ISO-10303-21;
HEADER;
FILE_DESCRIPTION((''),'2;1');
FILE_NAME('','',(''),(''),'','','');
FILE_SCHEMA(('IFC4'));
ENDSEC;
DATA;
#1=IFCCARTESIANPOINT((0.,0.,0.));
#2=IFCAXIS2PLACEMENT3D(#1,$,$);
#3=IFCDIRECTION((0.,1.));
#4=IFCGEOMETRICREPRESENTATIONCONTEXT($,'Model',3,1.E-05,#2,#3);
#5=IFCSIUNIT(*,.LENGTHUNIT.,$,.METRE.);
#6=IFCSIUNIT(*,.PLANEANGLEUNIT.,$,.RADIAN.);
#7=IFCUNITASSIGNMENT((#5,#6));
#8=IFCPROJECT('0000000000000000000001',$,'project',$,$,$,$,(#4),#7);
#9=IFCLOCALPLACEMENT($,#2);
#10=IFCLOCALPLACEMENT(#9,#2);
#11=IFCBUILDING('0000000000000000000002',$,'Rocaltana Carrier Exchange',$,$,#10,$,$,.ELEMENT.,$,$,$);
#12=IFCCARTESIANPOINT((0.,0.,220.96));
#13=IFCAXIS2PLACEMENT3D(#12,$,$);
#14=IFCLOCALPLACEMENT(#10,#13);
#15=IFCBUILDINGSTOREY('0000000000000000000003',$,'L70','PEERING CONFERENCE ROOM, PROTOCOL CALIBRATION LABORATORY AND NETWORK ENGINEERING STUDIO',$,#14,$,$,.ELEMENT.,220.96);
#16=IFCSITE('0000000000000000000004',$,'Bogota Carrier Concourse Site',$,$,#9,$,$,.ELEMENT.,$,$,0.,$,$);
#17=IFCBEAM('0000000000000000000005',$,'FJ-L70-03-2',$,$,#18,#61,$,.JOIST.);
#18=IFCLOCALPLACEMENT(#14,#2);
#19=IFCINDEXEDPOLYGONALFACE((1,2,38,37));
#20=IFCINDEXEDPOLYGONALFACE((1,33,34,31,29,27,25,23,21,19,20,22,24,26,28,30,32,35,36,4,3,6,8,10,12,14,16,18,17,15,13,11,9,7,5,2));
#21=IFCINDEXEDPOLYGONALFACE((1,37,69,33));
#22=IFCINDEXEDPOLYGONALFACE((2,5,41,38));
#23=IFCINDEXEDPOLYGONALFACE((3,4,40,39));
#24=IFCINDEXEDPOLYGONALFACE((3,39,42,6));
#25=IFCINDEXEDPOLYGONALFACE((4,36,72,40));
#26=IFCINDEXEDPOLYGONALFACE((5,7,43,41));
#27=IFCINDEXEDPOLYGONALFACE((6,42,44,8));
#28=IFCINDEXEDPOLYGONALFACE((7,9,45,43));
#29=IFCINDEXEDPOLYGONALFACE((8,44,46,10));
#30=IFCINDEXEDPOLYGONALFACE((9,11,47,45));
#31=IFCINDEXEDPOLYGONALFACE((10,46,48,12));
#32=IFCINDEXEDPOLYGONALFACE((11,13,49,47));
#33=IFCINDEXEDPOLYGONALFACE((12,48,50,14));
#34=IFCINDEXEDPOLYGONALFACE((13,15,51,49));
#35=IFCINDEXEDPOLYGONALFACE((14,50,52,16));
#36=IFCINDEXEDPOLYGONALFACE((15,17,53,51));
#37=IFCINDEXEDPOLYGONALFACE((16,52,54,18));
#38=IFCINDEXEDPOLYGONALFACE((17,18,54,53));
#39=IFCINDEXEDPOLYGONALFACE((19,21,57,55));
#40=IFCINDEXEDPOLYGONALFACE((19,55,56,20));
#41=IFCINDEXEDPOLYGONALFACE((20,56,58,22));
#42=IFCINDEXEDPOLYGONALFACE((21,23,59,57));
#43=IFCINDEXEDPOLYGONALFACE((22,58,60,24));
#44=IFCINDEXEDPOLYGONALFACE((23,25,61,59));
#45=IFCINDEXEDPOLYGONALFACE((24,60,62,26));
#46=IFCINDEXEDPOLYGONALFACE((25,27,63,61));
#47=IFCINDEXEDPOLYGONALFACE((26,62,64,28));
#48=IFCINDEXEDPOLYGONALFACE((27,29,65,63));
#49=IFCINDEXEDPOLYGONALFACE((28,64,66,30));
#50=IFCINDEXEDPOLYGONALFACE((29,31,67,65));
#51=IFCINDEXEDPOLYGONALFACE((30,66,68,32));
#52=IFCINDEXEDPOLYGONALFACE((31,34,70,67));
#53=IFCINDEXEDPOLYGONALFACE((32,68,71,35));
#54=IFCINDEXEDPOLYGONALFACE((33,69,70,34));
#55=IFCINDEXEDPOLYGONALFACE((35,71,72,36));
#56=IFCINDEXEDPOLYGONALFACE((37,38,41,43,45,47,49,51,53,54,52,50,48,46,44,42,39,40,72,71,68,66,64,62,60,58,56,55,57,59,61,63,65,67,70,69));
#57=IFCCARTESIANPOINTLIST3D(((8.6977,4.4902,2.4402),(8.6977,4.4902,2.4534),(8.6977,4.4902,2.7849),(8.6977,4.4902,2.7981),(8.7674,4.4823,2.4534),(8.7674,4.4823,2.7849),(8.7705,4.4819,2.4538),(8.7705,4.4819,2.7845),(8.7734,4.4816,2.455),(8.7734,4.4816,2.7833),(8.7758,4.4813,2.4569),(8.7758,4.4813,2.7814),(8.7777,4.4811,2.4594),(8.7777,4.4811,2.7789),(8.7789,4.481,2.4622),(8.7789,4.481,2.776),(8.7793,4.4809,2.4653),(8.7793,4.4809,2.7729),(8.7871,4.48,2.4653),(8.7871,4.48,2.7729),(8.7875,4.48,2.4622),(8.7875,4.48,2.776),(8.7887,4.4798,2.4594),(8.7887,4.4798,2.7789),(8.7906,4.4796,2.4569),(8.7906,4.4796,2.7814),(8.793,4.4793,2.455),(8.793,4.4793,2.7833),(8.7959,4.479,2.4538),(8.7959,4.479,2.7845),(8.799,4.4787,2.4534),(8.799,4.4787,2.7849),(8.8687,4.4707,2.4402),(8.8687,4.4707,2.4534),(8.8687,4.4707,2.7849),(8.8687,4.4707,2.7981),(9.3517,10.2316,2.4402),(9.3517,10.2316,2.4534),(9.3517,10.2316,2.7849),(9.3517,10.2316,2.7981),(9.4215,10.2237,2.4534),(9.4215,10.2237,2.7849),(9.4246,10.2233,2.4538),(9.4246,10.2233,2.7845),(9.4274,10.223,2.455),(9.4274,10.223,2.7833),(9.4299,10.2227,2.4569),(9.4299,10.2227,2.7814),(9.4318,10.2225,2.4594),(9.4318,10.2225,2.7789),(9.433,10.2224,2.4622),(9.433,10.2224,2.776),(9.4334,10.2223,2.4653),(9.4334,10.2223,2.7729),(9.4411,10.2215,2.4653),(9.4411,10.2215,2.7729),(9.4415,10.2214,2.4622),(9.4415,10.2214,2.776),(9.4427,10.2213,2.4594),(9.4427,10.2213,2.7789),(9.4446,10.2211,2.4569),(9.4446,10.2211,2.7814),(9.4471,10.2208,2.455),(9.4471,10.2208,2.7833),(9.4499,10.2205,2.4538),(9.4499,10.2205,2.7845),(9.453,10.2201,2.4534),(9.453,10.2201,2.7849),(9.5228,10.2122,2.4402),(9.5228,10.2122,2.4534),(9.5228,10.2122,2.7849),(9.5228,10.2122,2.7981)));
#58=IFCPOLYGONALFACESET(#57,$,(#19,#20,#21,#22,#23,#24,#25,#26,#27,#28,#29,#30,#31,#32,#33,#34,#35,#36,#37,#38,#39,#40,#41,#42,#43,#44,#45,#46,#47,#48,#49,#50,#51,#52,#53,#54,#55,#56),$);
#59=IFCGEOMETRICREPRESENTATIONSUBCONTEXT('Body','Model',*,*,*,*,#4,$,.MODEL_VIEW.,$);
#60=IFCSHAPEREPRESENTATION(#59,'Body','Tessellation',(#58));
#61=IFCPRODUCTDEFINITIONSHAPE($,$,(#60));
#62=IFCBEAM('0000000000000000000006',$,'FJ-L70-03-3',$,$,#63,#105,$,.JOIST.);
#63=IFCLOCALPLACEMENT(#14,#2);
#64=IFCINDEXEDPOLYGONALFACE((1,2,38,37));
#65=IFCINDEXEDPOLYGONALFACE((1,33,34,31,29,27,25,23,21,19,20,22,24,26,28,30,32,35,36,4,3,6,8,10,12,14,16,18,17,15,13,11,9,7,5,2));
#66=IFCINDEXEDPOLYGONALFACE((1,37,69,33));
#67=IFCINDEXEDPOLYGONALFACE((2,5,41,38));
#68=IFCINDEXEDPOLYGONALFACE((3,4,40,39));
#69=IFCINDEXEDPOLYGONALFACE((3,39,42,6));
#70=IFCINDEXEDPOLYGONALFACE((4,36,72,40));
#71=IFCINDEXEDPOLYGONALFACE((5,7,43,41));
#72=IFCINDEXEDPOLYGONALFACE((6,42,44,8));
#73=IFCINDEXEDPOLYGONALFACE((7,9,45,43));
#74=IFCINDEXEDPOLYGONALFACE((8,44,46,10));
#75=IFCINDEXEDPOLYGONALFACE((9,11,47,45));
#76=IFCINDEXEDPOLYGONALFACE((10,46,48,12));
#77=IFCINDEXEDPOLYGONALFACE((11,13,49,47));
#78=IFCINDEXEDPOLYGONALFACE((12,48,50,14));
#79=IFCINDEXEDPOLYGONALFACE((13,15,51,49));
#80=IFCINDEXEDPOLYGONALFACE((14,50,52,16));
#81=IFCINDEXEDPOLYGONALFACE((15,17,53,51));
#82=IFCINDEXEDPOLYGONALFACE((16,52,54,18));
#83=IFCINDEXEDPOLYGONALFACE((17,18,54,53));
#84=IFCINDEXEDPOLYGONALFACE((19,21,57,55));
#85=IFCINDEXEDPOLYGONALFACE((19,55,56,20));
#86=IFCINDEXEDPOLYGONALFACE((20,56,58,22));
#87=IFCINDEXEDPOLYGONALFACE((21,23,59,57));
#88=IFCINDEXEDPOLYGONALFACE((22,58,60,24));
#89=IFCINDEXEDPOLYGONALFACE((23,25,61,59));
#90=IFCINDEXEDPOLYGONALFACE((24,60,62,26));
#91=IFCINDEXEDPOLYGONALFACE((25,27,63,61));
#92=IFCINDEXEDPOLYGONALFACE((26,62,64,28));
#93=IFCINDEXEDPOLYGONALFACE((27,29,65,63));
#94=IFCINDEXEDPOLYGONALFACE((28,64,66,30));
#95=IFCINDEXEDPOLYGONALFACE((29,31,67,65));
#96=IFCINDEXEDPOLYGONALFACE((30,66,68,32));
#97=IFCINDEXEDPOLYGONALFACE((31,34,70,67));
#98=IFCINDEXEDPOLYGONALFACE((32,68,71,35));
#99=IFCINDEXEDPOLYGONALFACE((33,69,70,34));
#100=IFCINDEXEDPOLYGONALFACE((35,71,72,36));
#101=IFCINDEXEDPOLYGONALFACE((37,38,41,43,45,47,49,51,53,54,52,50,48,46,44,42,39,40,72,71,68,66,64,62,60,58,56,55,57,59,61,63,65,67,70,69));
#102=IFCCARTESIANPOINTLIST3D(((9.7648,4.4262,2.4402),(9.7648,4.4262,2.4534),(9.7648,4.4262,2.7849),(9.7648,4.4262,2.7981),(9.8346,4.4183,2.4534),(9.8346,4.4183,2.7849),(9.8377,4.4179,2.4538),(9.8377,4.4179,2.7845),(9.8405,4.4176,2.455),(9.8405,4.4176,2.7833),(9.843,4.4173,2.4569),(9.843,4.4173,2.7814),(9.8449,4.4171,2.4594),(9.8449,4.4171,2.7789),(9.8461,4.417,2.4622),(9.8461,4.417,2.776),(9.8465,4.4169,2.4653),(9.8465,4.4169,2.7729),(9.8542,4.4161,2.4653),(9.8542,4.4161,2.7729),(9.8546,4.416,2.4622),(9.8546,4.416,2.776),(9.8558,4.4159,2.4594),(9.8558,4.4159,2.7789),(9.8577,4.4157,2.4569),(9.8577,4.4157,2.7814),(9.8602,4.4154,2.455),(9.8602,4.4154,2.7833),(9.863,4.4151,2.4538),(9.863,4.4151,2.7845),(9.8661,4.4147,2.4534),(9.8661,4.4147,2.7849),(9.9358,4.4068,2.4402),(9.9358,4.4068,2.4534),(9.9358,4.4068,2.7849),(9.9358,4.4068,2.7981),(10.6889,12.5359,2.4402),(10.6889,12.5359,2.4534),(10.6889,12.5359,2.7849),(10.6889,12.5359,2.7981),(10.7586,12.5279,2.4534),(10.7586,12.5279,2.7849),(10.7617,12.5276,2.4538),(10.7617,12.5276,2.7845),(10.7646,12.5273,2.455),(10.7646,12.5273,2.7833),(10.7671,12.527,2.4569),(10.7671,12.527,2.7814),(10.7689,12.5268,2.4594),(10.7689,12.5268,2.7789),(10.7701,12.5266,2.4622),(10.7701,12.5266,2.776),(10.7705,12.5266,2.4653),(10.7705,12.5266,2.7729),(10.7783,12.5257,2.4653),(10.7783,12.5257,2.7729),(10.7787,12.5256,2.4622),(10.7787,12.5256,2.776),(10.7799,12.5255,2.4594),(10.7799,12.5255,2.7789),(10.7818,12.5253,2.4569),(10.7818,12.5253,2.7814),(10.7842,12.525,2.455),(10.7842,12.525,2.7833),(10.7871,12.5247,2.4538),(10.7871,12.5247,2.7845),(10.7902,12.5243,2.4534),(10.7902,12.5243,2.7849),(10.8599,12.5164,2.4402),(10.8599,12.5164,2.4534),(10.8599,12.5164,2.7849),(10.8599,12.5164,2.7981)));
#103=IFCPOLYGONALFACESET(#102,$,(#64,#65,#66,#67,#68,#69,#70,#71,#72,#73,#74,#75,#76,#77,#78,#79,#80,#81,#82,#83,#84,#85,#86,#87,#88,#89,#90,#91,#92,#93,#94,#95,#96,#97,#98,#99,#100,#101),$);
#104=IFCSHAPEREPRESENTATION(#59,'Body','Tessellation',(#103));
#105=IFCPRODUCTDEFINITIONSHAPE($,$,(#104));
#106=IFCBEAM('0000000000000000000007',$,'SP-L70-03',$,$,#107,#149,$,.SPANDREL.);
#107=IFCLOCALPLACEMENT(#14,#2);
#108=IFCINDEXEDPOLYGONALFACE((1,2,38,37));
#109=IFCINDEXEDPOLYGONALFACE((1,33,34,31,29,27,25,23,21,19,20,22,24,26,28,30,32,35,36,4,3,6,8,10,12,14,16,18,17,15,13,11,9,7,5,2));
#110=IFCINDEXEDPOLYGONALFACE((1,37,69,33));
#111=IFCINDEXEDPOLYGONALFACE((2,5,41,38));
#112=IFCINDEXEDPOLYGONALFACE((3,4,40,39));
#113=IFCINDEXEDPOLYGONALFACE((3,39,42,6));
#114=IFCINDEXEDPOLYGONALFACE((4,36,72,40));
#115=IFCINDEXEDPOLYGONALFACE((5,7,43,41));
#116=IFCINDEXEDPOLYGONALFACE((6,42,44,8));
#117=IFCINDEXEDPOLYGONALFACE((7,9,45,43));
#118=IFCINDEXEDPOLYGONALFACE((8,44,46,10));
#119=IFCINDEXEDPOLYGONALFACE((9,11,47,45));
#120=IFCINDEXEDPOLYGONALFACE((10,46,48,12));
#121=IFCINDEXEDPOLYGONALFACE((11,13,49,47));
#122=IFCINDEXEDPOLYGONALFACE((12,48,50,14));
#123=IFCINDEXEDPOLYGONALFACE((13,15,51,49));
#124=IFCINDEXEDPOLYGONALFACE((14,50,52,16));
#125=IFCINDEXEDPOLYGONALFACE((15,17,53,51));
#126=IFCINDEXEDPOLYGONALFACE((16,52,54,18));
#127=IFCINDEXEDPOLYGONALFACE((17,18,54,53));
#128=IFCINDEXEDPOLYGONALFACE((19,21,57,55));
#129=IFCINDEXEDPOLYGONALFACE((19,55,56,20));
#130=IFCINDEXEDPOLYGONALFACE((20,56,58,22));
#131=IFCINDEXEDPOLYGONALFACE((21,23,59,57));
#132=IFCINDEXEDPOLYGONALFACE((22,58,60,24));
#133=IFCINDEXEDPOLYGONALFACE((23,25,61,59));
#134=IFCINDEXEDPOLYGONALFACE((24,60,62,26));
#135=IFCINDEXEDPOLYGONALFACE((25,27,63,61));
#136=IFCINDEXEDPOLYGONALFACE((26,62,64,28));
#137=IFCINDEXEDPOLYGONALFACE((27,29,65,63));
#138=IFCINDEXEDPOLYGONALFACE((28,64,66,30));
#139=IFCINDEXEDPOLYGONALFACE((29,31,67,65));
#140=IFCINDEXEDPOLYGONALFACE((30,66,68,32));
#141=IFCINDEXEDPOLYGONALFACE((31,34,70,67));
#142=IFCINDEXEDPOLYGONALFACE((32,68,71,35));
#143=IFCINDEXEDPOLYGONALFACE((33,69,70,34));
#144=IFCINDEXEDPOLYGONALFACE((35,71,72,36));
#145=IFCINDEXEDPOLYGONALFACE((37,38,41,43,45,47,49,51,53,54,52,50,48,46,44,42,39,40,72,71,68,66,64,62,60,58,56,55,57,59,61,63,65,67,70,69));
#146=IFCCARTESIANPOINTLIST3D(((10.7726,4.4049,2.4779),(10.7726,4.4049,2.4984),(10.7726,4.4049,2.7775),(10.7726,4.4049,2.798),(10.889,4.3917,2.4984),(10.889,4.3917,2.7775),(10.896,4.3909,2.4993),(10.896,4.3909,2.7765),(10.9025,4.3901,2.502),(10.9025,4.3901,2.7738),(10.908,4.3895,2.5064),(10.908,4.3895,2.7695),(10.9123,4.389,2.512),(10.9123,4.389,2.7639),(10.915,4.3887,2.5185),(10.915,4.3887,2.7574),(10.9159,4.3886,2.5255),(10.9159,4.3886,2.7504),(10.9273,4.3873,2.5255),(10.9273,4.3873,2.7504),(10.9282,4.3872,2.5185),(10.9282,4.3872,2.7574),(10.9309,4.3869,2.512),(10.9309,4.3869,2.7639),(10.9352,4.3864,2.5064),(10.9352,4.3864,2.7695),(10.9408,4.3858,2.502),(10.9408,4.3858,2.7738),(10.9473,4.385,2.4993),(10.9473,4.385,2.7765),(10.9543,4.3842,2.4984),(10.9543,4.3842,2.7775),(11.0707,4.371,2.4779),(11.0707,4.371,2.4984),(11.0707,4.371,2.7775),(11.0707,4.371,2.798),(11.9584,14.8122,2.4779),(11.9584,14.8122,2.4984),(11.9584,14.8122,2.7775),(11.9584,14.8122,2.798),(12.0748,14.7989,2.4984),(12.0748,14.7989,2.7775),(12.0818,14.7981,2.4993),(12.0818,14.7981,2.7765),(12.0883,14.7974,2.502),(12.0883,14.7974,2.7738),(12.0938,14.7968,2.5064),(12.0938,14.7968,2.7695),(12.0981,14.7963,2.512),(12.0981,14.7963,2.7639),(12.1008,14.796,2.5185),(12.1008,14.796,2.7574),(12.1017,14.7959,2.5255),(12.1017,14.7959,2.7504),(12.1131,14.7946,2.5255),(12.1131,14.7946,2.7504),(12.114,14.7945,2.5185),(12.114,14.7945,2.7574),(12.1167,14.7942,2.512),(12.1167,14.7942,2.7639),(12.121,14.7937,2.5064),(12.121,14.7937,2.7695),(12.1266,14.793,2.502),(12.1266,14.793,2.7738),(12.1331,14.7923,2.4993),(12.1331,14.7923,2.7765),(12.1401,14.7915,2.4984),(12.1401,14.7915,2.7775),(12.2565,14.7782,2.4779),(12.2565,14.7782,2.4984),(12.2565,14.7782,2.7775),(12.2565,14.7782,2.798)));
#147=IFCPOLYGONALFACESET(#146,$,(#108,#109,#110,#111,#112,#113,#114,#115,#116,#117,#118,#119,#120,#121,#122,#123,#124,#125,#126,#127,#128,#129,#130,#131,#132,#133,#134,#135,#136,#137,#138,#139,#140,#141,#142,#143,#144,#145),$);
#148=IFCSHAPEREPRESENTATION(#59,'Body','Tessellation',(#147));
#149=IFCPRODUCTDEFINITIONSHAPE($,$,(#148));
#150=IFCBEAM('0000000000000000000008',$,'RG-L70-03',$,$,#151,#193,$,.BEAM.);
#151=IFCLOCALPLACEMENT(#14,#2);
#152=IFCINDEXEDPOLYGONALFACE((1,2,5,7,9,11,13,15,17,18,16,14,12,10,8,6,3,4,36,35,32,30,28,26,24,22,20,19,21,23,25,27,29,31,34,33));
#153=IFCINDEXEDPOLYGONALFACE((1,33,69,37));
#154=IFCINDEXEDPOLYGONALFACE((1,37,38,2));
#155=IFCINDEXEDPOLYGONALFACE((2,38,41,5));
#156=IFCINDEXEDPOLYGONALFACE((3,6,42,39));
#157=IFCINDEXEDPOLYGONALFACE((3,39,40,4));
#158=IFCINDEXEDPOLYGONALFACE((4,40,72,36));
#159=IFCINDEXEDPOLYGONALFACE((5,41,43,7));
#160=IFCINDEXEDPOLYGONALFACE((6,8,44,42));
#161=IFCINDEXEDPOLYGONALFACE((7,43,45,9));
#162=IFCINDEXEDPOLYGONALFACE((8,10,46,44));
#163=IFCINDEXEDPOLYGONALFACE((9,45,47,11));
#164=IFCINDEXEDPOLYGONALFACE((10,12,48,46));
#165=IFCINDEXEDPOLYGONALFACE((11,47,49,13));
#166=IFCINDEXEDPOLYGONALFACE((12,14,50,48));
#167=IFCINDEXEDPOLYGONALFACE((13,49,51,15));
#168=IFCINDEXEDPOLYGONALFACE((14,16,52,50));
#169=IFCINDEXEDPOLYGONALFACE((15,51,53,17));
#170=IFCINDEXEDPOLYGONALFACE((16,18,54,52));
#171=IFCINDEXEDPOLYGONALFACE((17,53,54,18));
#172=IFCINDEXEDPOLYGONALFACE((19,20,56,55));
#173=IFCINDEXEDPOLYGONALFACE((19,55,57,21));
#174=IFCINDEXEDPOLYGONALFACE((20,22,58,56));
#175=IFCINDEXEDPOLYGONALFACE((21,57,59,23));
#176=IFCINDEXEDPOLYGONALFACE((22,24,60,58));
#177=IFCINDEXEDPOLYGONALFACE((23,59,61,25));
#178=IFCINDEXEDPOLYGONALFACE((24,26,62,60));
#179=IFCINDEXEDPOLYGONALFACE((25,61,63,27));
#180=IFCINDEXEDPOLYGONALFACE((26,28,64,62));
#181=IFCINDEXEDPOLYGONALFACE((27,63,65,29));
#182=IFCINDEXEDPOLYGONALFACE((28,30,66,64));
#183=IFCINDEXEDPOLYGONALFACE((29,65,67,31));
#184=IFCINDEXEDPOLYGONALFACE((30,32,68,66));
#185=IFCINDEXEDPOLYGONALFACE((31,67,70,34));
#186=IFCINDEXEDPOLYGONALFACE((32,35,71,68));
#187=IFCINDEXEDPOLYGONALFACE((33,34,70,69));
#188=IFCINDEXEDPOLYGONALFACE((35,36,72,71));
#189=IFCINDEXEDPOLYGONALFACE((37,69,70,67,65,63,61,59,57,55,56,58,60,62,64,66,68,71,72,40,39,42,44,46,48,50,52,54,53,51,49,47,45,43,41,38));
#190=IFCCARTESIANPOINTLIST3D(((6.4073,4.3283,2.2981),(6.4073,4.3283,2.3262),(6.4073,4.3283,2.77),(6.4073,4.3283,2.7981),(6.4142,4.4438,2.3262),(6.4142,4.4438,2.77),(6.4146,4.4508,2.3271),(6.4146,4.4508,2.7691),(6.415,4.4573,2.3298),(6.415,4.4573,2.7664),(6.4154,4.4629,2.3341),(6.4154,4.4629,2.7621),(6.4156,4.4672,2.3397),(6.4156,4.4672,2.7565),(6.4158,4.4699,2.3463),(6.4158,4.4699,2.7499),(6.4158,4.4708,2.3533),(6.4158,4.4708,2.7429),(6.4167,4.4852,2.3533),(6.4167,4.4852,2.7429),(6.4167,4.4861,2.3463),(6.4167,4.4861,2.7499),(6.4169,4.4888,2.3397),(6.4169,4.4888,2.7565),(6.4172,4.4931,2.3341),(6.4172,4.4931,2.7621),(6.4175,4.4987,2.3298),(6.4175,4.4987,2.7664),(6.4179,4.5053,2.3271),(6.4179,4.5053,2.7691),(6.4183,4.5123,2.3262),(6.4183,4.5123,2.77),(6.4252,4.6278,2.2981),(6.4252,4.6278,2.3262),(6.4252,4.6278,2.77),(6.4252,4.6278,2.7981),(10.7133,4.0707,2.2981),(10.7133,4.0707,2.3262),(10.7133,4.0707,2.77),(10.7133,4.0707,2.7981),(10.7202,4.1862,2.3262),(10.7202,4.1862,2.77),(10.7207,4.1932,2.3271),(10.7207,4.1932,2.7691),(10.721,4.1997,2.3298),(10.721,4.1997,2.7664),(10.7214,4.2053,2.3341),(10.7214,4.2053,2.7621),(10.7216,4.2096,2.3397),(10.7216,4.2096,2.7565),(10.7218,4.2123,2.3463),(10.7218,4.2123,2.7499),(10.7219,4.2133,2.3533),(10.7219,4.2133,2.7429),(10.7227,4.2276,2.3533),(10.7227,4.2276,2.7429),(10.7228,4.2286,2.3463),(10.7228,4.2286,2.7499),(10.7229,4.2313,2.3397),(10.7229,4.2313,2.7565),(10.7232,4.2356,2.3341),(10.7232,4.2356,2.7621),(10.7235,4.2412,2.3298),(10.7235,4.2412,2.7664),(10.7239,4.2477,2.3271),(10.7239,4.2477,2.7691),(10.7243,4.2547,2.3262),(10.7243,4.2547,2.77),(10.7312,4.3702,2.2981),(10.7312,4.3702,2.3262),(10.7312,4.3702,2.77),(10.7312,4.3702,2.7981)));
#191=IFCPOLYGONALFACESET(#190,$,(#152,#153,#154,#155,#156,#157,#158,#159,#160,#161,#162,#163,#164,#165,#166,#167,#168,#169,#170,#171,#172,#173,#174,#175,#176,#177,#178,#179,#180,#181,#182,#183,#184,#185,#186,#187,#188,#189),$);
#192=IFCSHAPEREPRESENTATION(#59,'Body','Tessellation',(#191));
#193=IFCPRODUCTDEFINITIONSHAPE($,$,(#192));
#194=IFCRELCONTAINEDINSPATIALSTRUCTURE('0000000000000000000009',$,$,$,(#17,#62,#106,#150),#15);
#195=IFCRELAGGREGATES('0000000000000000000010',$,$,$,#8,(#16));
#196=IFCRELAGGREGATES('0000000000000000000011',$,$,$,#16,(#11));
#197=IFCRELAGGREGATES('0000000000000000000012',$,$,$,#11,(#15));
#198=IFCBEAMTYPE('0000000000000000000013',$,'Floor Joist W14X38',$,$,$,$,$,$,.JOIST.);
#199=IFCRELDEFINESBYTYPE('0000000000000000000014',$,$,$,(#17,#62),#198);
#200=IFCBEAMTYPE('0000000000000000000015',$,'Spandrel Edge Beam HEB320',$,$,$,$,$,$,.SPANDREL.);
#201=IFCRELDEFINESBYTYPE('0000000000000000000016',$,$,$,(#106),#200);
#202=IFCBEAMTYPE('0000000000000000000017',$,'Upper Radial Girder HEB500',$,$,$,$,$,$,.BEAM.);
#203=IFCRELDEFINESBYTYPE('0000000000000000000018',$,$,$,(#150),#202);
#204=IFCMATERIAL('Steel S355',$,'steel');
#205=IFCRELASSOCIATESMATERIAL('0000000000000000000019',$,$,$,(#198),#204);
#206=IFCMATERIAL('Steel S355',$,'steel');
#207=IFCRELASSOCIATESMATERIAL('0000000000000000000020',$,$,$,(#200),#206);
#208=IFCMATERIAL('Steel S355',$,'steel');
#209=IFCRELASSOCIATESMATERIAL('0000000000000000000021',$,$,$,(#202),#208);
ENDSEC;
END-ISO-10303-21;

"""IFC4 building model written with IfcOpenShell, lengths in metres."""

from ifc_helpers import new_model, si_unit, direction, frame, origin, origin_2d, place, context, subcontext, project, spatial, i_section, extrude, material, material_profile, profile_set, type_object, element, save


model = new_model("IFC4")

# Units and contexts
model_context = context("Model", 3, precision=1e-05, world=origin(), true_north=direction((0.0, 1.0)))
body_context = subcontext(model_context, "Body", "Model", "MODEL_VIEW")
ifc_project = project(units=[si_unit("LENGTHUNIT", "METRE"), si_unit("PLANEANGLEUNIT", "RADIAN")], contexts=[model_context])

# Site, building, storey
site_placement = place(None, origin())
site = spatial("IfcSite", under=ifc_project, at=site_placement, Name="Bogota Carrier Concourse Site", CompositionType="ELEMENT", RefElevation=0.0)
building_placement = place(site_placement, origin())
building = spatial("IfcBuilding", under=site, at=building_placement, Name="Rocaltana Carrier Exchange", CompositionType="ELEMENT")
storey_placement = place(building_placement, frame((0.0, 0.0, 220.96)))
storey = spatial("IfcBuildingStorey", under=building, at=storey_placement, Name="L70", Description="PEERING CONFERENCE ROOM, PROTOCOL CALIBRATION LABORATORY AND NETWORK ENGINEERING STUDIO", CompositionType="ELEMENT", Elevation=220.96)

# Beams
ifc_material_1 = material(Name="Steel S355", Category="steel")
ifc_material_profile_1 = material_profile(ifc_material_1, i_section(OverallWidth=0.1721, OverallDepth=0.3579, WebThickness=0.0078, FlangeThickness=0.0132, FilletRadius=0.012, at=origin_2d()), Name="W14X38")
ifc_profile_set_1 = profile_set([ifc_material_profile_1], Name="Steel S355")
beam_type_1 = type_object("IfcBeamType", Name="Floor Joist W14X38", PredefinedType="JOIST", material=ifc_profile_set_1)
beam_1_placement = place(storey_placement, frame((8.7832, 4.4805, 2.6191), z_axis=(0.113186, 0.993574, 0.0), x_axis=(-0.993574, 0.113186, 0.0)))
element("IfcBeam", 1, at=beam_1_placement, inside=storey, type_object=beam_type_1, Name="FJ-L70-03-2", PredefinedType="JOIST", context=body_context, shape_type="SweptSolid", body=[
    extrude(i_section(OverallWidth=0.1721, OverallDepth=0.3579, WebThickness=0.0078, FlangeThickness=0.0132, FilletRadius=0.012, at=origin_2d()), origin(), (0.0, 0.0, 1.0), 5.7786),
])
beam_2_placement = place(storey_placement, frame((9.8503, 4.4165, 2.6191), z_axis=(0.113215, 0.993571, 0.0), x_axis=(-0.993571, 0.113215, 0.0)))
element("IfcBeam", 2, at=beam_2_placement, inside=storey, type_object=beam_type_1, Name="FJ-L70-03-3", PredefinedType="JOIST", context=body_context, shape_type="SweptSolid", body=[
    extrude(i_section(OverallWidth=0.1721, OverallDepth=0.3579, WebThickness=0.0078, FlangeThickness=0.0132, FilletRadius=0.012, at=origin_2d()), origin(), (0.0, 0.0, 1.0), 8.1621),
])
ifc_material_2 = material(Name="Steel S355", Category="steel")
ifc_material_profile_2 = material_profile(ifc_material_2, i_section(OverallWidth=0.3, OverallDepth=0.3201, WebThickness=0.0115, FlangeThickness=0.0205, FilletRadius=0.0271, at=origin_2d()), Name="HEB320")
ifc_profile_set_2 = profile_set([ifc_material_profile_2], Name="Steel S355")
beam_type_2 = type_object("IfcBeamType", Name="Spandrel Edge Beam HEB320", PredefinedType="SPANDREL", material=ifc_profile_set_2)
beam_3_placement = place(storey_placement, frame((10.9216, 4.3879, 2.6379), z_axis=(0.113207, 0.993571, 0.0), x_axis=(-0.993571, 0.113207, 0.0)))
element("IfcBeam", 3, at=beam_3_placement, inside=storey, type_object=beam_type_2, Name="SP-L70-03", PredefinedType="SPANDREL", context=body_context, shape_type="SweptSolid", body=[
    extrude(i_section(OverallWidth=0.3, OverallDepth=0.3201, WebThickness=0.0115, FlangeThickness=0.0205, FilletRadius=0.0271, at=origin_2d()), origin(), (0.0, 0.0, 1.0), 10.4746),
])
ifc_material_3 = material(Name="Steel S355", Category="steel")
ifc_material_profile_3 = material_profile(ifc_material_3, i_section(OverallWidth=0.3, OverallDepth=0.5, WebThickness=0.0144, FlangeThickness=0.0281, FilletRadius=0.0271, at=origin_2d()), Name="HEB500")
ifc_profile_set_3 = profile_set([ifc_material_profile_3], Name="Steel S355")
beam_type_3 = type_object("IfcBeamType", Name="Upper Radial Girder HEB500", PredefinedType="BEAM", material=ifc_profile_set_3)
beam_4_placement = place(storey_placement, frame((6.4163, 4.478, 2.5481), z_axis=(0.998216, -0.059711, 0.0), x_axis=(0.059711, 0.998216, 0.0)))
element("IfcBeam", 4, at=beam_4_placement, inside=storey, type_object=beam_type_3, Name="RG-L70-03", PredefinedType="BEAM", context=body_context, shape_type="SweptSolid", body=[
    extrude(i_section(OverallWidth=0.3, OverallDepth=0.5, WebThickness=0.0144, FlangeThickness=0.0281, FilletRadius=0.0271, at=origin_2d()), origin(), (0.0, 0.0, 1.0), 4.3137),
])

save(model, "model.ifc")
